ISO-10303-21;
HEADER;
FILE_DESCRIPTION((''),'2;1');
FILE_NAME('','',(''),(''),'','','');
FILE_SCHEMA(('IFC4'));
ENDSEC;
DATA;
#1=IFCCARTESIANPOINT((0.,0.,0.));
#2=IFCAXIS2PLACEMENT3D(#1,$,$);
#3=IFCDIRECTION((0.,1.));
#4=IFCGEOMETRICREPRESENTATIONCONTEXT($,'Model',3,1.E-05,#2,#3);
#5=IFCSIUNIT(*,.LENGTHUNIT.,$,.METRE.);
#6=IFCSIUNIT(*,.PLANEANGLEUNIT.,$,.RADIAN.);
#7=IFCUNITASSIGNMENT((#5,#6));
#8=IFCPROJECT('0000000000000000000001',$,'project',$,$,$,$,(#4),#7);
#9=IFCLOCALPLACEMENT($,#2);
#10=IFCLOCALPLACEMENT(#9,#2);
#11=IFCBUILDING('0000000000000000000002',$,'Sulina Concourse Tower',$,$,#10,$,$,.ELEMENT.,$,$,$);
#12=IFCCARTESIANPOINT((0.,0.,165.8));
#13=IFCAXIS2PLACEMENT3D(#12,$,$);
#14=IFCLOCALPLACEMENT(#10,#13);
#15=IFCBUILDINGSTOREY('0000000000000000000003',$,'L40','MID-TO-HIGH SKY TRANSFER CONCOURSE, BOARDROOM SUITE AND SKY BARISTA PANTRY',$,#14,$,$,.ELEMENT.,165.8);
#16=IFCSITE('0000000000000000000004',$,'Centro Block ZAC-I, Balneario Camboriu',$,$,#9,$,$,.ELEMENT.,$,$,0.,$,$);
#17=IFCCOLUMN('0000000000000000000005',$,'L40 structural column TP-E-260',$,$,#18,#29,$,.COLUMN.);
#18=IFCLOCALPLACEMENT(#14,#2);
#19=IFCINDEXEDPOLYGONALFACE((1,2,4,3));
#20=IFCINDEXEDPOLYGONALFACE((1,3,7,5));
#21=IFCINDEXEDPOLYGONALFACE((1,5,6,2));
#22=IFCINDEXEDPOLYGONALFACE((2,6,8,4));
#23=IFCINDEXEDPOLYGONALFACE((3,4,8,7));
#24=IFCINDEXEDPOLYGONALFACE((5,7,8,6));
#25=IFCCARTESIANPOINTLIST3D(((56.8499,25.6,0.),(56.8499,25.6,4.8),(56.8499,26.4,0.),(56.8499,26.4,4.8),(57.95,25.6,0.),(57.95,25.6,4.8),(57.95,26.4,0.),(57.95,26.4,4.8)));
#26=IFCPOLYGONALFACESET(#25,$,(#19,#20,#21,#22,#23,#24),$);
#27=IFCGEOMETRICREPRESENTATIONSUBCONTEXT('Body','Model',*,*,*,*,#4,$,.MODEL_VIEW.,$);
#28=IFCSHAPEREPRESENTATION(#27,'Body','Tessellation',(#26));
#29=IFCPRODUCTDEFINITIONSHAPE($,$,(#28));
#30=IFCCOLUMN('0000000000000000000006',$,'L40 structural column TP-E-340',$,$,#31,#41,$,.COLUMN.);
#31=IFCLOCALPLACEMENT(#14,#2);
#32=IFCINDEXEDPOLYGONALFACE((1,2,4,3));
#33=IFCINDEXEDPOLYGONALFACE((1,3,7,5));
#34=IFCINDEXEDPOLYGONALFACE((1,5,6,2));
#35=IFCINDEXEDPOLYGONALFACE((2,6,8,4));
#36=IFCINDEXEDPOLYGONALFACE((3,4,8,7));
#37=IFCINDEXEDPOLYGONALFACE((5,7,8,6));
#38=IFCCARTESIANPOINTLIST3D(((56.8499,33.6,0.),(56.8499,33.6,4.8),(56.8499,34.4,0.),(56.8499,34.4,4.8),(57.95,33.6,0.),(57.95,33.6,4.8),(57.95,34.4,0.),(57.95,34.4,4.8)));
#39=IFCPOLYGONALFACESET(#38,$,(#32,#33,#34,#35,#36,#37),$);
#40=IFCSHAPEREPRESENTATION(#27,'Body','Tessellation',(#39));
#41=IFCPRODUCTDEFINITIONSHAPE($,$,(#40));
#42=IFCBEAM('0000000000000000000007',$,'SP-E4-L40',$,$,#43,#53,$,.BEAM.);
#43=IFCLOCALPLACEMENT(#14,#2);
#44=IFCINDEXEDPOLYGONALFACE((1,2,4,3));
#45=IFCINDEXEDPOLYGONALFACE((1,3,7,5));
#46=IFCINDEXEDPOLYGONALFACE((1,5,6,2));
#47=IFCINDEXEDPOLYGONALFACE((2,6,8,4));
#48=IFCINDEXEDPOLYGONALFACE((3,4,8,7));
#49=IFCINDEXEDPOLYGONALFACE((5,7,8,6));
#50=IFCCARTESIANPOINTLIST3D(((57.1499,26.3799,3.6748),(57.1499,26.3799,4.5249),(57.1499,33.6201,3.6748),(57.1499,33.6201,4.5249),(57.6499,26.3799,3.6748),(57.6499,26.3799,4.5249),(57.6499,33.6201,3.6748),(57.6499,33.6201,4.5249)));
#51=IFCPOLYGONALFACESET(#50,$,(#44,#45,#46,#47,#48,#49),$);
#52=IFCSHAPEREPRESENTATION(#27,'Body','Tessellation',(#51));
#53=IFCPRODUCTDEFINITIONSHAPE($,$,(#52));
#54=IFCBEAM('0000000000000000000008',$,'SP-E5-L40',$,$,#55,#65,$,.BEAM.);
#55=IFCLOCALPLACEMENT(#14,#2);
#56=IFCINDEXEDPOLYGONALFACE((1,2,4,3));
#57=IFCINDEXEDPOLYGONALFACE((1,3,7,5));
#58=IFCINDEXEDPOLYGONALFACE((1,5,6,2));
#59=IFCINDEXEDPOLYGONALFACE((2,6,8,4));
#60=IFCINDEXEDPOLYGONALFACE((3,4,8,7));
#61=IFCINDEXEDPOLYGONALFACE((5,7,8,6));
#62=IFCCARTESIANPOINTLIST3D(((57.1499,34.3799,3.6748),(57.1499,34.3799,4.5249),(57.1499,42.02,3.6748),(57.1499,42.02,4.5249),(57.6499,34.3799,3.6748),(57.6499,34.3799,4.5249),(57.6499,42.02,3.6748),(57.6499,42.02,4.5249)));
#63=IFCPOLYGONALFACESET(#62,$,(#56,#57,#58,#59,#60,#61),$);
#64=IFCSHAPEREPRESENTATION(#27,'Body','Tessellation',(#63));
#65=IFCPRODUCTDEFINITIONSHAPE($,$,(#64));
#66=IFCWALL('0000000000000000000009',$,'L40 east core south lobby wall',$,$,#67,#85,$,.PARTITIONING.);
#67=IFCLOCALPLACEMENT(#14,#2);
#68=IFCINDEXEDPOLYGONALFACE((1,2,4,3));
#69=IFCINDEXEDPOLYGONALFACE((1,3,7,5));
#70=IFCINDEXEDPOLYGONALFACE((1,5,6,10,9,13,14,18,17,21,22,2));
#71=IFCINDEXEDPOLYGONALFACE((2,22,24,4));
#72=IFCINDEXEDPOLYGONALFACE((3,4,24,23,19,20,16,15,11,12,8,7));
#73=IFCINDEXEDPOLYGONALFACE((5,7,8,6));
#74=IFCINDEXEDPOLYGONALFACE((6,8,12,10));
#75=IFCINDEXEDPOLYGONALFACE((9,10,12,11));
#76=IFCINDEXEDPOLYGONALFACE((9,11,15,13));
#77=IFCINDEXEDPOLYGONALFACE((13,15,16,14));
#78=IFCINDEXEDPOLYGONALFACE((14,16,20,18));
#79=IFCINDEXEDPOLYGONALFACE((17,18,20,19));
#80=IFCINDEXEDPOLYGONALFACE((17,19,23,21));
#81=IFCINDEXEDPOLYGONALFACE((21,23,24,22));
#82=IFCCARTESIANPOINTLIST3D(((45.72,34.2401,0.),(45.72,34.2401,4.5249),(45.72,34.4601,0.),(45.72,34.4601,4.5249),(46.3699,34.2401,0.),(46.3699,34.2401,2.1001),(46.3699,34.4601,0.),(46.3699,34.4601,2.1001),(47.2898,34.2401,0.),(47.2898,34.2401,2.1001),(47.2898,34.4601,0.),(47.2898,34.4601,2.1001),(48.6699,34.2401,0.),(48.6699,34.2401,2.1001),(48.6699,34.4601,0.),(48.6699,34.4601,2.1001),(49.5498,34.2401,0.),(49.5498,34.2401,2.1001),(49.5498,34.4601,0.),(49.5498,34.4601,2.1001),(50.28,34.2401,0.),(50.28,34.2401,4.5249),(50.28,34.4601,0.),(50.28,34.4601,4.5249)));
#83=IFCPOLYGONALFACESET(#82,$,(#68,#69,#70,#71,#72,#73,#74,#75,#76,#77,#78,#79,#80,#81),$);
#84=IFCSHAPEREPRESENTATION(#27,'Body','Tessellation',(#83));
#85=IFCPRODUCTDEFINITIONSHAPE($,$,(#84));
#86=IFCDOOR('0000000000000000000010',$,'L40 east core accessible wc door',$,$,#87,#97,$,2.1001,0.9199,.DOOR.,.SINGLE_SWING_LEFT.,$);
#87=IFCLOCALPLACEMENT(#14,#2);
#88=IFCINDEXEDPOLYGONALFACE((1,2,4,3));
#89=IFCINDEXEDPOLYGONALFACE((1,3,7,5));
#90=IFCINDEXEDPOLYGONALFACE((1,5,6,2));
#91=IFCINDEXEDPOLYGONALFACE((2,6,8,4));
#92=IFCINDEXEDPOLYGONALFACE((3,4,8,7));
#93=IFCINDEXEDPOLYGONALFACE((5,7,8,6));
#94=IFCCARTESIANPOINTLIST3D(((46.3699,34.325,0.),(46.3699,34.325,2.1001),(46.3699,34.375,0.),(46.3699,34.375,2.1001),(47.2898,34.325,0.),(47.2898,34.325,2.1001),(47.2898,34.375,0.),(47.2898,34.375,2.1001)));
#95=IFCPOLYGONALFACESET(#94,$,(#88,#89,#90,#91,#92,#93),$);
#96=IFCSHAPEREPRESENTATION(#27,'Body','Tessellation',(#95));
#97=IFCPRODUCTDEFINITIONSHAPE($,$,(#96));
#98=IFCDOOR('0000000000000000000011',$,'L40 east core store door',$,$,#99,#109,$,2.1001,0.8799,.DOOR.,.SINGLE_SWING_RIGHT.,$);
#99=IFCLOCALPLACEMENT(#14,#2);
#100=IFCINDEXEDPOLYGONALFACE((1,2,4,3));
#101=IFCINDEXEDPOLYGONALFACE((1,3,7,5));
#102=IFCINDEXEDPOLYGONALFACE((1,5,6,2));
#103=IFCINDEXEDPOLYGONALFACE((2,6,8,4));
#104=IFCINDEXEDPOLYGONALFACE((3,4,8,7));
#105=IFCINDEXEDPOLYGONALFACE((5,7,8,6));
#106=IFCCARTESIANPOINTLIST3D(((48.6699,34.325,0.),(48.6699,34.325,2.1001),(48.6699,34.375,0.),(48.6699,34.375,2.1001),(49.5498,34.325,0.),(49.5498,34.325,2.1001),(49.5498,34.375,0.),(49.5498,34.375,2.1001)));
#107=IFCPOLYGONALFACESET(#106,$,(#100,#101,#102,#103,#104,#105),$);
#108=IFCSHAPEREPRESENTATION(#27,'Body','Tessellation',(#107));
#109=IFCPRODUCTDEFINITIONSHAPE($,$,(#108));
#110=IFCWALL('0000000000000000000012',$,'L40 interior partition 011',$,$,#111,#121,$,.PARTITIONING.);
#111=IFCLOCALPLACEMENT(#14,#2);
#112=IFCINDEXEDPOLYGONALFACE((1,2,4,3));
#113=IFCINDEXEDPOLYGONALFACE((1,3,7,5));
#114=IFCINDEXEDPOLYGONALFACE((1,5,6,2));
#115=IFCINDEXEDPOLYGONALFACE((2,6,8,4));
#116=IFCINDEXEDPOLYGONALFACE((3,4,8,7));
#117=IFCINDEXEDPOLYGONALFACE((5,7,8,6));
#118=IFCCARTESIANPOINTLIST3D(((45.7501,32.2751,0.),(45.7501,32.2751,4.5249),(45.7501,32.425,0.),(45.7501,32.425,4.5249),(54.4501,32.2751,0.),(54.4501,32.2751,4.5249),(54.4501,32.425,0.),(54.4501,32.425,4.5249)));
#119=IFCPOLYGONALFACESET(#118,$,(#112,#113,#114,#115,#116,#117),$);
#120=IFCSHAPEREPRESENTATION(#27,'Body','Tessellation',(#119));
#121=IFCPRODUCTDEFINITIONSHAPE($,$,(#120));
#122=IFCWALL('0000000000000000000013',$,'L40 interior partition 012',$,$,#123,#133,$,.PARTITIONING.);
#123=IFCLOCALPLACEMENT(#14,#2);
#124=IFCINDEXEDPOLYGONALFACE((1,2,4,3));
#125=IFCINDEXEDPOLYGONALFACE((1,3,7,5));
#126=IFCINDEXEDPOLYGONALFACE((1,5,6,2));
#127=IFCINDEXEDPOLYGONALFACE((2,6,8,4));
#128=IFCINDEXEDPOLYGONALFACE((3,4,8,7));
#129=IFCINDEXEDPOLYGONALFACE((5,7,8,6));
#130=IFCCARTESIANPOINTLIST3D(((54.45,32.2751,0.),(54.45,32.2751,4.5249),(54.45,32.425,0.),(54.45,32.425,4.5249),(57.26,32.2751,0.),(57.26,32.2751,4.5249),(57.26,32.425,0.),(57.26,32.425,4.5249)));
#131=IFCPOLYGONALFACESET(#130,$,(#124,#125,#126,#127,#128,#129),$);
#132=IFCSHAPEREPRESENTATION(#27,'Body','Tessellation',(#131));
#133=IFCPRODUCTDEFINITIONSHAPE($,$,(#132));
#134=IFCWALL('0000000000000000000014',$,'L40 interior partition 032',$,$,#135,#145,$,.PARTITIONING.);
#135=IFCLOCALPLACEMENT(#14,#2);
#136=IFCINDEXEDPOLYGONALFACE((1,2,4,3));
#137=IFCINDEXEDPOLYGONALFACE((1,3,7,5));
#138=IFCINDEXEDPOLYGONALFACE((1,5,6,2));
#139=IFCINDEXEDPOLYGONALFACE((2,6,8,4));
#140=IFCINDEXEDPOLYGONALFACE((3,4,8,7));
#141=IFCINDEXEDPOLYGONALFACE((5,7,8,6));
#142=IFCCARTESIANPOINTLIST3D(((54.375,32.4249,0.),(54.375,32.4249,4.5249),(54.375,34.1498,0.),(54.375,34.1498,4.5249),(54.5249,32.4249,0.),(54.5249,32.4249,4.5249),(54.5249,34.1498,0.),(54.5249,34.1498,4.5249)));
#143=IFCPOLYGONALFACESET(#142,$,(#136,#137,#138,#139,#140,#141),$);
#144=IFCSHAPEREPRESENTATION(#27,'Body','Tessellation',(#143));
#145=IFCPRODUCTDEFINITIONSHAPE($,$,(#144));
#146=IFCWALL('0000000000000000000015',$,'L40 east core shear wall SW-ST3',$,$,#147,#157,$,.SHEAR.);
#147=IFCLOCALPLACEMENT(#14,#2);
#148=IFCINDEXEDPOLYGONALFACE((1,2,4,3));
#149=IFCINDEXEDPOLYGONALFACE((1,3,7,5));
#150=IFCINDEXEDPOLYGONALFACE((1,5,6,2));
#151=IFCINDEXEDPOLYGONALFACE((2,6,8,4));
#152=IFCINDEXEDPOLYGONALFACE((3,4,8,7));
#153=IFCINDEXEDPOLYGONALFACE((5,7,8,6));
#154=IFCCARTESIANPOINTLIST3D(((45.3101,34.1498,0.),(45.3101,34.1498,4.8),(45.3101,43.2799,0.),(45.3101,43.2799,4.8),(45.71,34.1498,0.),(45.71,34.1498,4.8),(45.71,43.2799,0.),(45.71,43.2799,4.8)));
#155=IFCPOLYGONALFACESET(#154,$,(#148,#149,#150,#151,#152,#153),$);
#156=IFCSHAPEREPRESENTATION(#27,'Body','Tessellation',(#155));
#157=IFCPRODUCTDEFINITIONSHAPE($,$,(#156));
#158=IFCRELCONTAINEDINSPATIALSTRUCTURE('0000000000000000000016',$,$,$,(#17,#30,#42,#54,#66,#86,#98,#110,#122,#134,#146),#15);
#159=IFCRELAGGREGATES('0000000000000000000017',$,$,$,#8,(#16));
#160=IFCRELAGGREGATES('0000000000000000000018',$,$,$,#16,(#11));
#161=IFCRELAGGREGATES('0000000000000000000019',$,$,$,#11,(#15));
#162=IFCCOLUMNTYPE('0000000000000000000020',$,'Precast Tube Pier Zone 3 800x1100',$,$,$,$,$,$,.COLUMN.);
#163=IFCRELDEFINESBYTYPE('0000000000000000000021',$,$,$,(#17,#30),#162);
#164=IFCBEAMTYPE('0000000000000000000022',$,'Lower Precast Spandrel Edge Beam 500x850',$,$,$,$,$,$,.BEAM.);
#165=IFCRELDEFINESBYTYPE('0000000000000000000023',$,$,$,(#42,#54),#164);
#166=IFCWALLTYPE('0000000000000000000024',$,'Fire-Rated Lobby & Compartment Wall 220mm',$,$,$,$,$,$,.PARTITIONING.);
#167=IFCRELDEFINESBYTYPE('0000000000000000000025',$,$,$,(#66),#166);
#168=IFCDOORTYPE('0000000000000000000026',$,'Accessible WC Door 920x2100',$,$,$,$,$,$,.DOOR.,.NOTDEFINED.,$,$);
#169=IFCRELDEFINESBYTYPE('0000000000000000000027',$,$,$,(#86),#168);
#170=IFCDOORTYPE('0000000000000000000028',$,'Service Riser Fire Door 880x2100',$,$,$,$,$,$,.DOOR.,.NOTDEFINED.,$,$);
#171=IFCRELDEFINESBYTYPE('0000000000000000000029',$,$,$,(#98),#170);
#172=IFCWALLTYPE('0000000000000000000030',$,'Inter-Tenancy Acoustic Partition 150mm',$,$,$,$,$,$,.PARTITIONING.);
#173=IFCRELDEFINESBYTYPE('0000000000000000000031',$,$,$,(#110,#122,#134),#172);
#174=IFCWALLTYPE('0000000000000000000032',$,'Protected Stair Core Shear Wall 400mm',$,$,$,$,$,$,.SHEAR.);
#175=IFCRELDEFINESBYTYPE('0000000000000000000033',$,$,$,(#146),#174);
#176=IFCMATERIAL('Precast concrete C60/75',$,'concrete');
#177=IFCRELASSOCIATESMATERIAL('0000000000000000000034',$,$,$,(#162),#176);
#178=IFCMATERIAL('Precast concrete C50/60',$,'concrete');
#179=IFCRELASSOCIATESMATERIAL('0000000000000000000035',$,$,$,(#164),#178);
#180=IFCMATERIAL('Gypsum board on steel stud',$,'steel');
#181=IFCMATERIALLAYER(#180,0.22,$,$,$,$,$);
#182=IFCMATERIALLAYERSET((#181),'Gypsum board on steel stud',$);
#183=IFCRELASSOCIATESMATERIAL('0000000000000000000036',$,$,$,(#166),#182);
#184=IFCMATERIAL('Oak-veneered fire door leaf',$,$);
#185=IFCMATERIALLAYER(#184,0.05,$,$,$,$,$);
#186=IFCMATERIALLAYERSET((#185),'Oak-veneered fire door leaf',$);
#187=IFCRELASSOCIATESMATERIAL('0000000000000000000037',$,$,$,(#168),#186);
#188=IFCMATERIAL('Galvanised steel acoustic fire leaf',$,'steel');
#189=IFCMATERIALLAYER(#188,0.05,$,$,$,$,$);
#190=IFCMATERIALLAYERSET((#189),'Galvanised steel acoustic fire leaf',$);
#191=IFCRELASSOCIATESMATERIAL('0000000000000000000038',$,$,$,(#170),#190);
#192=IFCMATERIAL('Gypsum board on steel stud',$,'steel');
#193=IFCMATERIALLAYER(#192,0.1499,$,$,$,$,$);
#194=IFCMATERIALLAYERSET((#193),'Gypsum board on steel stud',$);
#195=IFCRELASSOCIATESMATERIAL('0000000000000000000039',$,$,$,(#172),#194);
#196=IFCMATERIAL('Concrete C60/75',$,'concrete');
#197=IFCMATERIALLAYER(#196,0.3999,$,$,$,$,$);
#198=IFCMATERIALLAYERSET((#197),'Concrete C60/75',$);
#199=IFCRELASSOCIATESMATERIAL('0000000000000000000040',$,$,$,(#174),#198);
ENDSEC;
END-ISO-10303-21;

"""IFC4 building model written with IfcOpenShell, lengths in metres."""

from ifc_helpers import new_model, si_unit, direction, frame, frame_2d, origin, origin_2d, place, context, subcontext, project, spatial, rectangle, extrude, material, layer, layer_set, material_profile, profile_set, type_object, element, fill, save


model = new_model("IFC4")

# Units and contexts
model_context = context("Model", 3, precision=1e-05, world=origin(), true_north=direction((0.0, 1.0)))
body_context = subcontext(model_context, "Body", "Model", "MODEL_VIEW")
ifc_project = project(units=[si_unit("LENGTHUNIT", "METRE"), si_unit("PLANEANGLEUNIT", "RADIAN")], contexts=[model_context])

# Site, building, storey
site_placement = place(None, origin())
site = spatial("IfcSite", under=ifc_project, at=site_placement, Name="Centro Block ZAC-I, Balneario Camboriu", CompositionType="ELEMENT", RefElevation=0.0)
building_placement = place(site_placement, origin())
building = spatial("IfcBuilding", under=site, at=building_placement, Name="Sulina Concourse Tower", CompositionType="ELEMENT")
storey_placement = place(building_placement, frame((0.0, 0.0, 165.8)))
storey = spatial("IfcBuildingStorey", under=building, at=storey_placement, Name="L40", Description="MID-TO-HIGH SKY TRANSFER CONCOURSE, BOARDROOM SUITE AND SKY BARISTA PANTRY", CompositionType="ELEMENT", Elevation=165.8)

# Columns
ifc_material_1 = material(Name="Precast concrete C60/75", Category="concrete")
ifc_material_profile_1 = material_profile(ifc_material_1, rectangle(XDim=0.8, YDim=1.1001, at=origin_2d()), Name="PC 800x1100")
ifc_profile_set_1 = profile_set([ifc_material_profile_1], Name="Precast concrete C60/75")
column_type = type_object("IfcColumnType", Name="Precast Tube Pier Zone 3 800x1100", PredefinedType="COLUMN", material=ifc_profile_set_1)
for number, where, z_axis, x_axis, name in (
    (1, (57.3999, 26.0, 0.0), (0.0, 0.0, 1.0), (0.0, 1.0, 0.0), "L40 structural column TP-E-260"),
    (2, (57.3999, 34.0, 0.0), (0.0, 0.0, 1.0), (0.0, 1.0, 0.0), "L40 structural column TP-E-340"),
):
    element("IfcColumn", number, at=place(storey_placement, frame(where, z_axis=z_axis, x_axis=x_axis)), inside=storey, type_object=column_type, Name=name, PredefinedType="COLUMN", context=body_context, shape_type="SweptSolid", body=[
        extrude(rectangle(XDim=0.8, YDim=1.1001, at=origin_2d()), origin(), (0.0, 0.0, 1.0), 4.8),
    ])

# Beams
ifc_material_2 = material(Name="Precast concrete C50/60", Category="concrete")
ifc_material_profile_2 = material_profile(ifc_material_2, rectangle(XDim=0.5, YDim=0.8501, at=origin_2d()), Name="RC 500x850")
ifc_profile_set_2 = profile_set([ifc_material_profile_2], Name="Precast concrete C50/60")
beam_type = type_object("IfcBeamType", Name="Lower Precast Spandrel Edge Beam 500x850", PredefinedType="BEAM", material=ifc_profile_set_2)
beam_1_placement = place(storey_placement, frame((57.3999, 26.3799, 4.0999), z_axis=(0.0, 1.0, 0.0), x_axis=(-1.0, 0.0, 0.0)))
element("IfcBeam", 3, at=beam_1_placement, inside=storey, type_object=beam_type, Name="SP-E4-L40", PredefinedType="BEAM", context=body_context, shape_type="SweptSolid", body=[
    extrude(rectangle(XDim=0.5, YDim=0.8501, at=origin_2d()), origin(), (0.0, 0.0, 1.0), 7.2402),
])
beam_2_placement = place(storey_placement, frame((57.3999, 34.3799, 4.0999), z_axis=(0.0, 1.0, 0.0), x_axis=(-1.0, 0.0, 0.0)))
element("IfcBeam", 4, at=beam_2_placement, inside=storey, type_object=beam_type, Name="SP-E5-L40", PredefinedType="BEAM", context=body_context, shape_type="SweptSolid", body=[
    extrude(rectangle(XDim=0.5, YDim=0.8501, at=origin_2d()), origin(), (0.0, 0.0, 1.0), 7.6401),
])

# Wall, openings, doors
ifc_material_3 = material(Name="Gypsum board on steel stud", Category="steel")
ifc_layer_1 = layer(ifc_material_3, 0.22)
ifc_layer_set_1 = layer_set([ifc_layer_1], Name="Gypsum board on steel stud")
wall_type_1 = type_object("IfcWallType", Name="Fire-Rated Lobby & Compartment Wall 220mm", PredefinedType="PARTITIONING", material=ifc_layer_set_1)
wall_1_placement = place(storey_placement, frame((45.72, 34.3501, 0.0), z_axis=(0.0, 0.0, 1.0), x_axis=(1.0, 0.0, 0.0)))
wall_1 = element("IfcWall", 5, at=wall_1_placement, inside=storey, type_object=wall_type_1, Name="L40 east core south lobby wall", PredefinedType="PARTITIONING", context=body_context, shape_type="SweptSolid", body=[
    extrude(rectangle(XDim=4.5601, YDim=0.22, at=frame_2d((2.28, 0.0))), origin(), (0.0, 0.0, 1.0), 4.5249),
])
opening_1_placement = place(wall_1_placement, frame((0.6499, 0.0, 0.0)))
opening_1 = element("IfcOpeningElement", 6, at=opening_1_placement, cuts=wall_1, PredefinedType="OPENING", context=body_context, shape_type="SweptSolid", body=[
    extrude(rectangle(XDim=0.9199, YDim=2.1001, at=frame_2d((0.46, 1.05))), frame((0.0, 0.1199, 0.0), z_axis=(0.0, -1.0, 0.0), x_axis=(1.0, 0.0, 0.0)), (0.0, 0.0, 1.0), 0.24),
])
opening_2_placement = place(wall_1_placement, frame((2.95, 0.0, 0.0)))
opening_2 = element("IfcOpeningElement", 7, at=opening_2_placement, cuts=wall_1, PredefinedType="OPENING", context=body_context, shape_type="SweptSolid", body=[
    extrude(rectangle(XDim=0.8799, YDim=2.1001, at=frame_2d((0.4399, 1.05))), frame((0.0, 0.1199, 0.0), z_axis=(0.0, -1.0, 0.0), x_axis=(1.0, 0.0, 0.0)), (0.0, 0.0, 1.0), 0.24),
])
ifc_material_4 = material(Name="Oak-veneered fire door leaf")
ifc_layer_2 = layer(ifc_material_4, 0.05)
ifc_layer_set_2 = layer_set([ifc_layer_2], Name="Oak-veneered fire door leaf")
door_type_1 = type_object("IfcDoorType", Name="Accessible WC Door 920x2100", OperationType="NOTDEFINED", PredefinedType="DOOR", material=ifc_layer_set_2)
door_1_placement = place(opening_1_placement, origin())
door_1 = element("IfcDoor", 8, at=door_1_placement, inside=storey, type_object=door_type_1, Name="L40 east core accessible wc door", OperationType="SINGLE_SWING_LEFT", OverallHeight=2.1001, OverallWidth=0.9199, PredefinedType="DOOR", context=body_context, shape_type="SweptSolid", body=[
    extrude(rectangle(XDim=0.9199, YDim=2.1001, at=frame_2d((0.46, 1.05))), frame((0.0, 0.0249, 0.0), z_axis=(0.0, -1.0, 0.0), x_axis=(1.0, 0.0, 0.0)), (0.0, 0.0, 1.0), 0.05),
])
fill(opening_1, door_1)
ifc_material_5 = material(Name="Galvanised steel acoustic fire leaf", Category="steel")
ifc_layer_3 = layer(ifc_material_5, 0.05)
ifc_layer_set_3 = layer_set([ifc_layer_3], Name="Galvanised steel acoustic fire leaf")
door_type_2 = type_object("IfcDoorType", Name="Service Riser Fire Door 880x2100", OperationType="NOTDEFINED", PredefinedType="DOOR", material=ifc_layer_set_3)
door_2_placement = place(opening_2_placement, origin())
door_2 = element("IfcDoor", 9, at=door_2_placement, inside=storey, type_object=door_type_2, Name="L40 east core store door", OperationType="SINGLE_SWING_RIGHT", OverallHeight=2.1001, OverallWidth=0.8799, PredefinedType="DOOR", context=body_context, shape_type="SweptSolid", body=[
    extrude(rectangle(XDim=0.8799, YDim=2.1001, at=frame_2d((0.4399, 1.05))), frame((0.0, 0.0249, 0.0), z_axis=(0.0, -1.0, 0.0), x_axis=(1.0, 0.0, 0.0)), (0.0, 0.0, 1.0), 0.05),
])
fill(opening_2, door_2)

# Walls
ifc_material_6 = material(Name="Gypsum board on steel stud", Category="steel")
ifc_layer_4 = layer(ifc_material_6, 0.1499)
ifc_layer_set_4 = layer_set([ifc_layer_4], Name="Gypsum board on steel stud")
wall_type_2 = type_object("IfcWallType", Name="Inter-Tenancy Acoustic Partition 150mm", PredefinedType="PARTITIONING", material=ifc_layer_set_4)
wall_2_placement = place(storey_placement, frame((45.75, 32.3501, 0.0), z_axis=(0.0, 0.0, 1.0), x_axis=(1.0, 0.0, 0.0)))
element("IfcWall", 10, at=wall_2_placement, inside=storey, type_object=wall_type_2, Name="L40 interior partition 011", PredefinedType="PARTITIONING", context=body_context, shape_type="SweptSolid", body=[
    extrude(rectangle(XDim=8.7, YDim=0.1499, at=frame_2d((4.3501, 0.0))), origin(), (0.0, 0.0, 1.0), 4.5249),
])
wall_3_placement = place(storey_placement, frame((54.45, 32.3501, 0.0), z_axis=(0.0, 0.0, 1.0), x_axis=(1.0, 0.0, 0.0)))
element("IfcWall", 11, at=wall_3_placement, inside=storey, type_object=wall_type_2, Name="L40 interior partition 012", PredefinedType="PARTITIONING", context=body_context, shape_type="SweptSolid", body=[
    extrude(rectangle(XDim=2.8101, YDim=0.1499, at=frame_2d((1.405, 0.0))), origin(), (0.0, 0.0, 1.0), 4.5249),
])
wall_4_placement = place(storey_placement, frame((54.45, 32.425, 0.0), z_axis=(0.0, 0.0, 1.0), x_axis=(0.0, 1.0, 0.0)))
element("IfcWall", 12, at=wall_4_placement, inside=storey, type_object=wall_type_2, Name="L40 interior partition 032", PredefinedType="PARTITIONING", context=body_context, shape_type="SweptSolid", body=[
    extrude(rectangle(XDim=1.7249, YDim=0.1499, at=frame_2d((0.8623, 0.0))), origin(), (0.0, 0.0, 1.0), 4.5249),
])
ifc_material_7 = material(Name="Concrete C60/75", Category="concrete")
ifc_layer_5 = layer(ifc_material_7, 0.3999)
ifc_layer_set_5 = layer_set([ifc_layer_5], Name="Concrete C60/75")
wall_type_3 = type_object("IfcWallType", Name="Protected Stair Core Shear Wall 400mm", PredefinedType="SHEAR", material=ifc_layer_set_5)
wall_5_placement = place(storey_placement, frame((45.51, 34.1499, 0.0), z_axis=(0.0, 0.0, 1.0), x_axis=(0.0, 1.0, 0.0)))
element("IfcWall", 13, at=wall_5_placement, inside=storey, type_object=wall_type_3, Name="L40 east core shear wall SW-ST3", PredefinedType="SHEAR", context=body_context, shape_type="SweptSolid", body=[
    extrude(rectangle(XDim=9.1301, YDim=0.3999, at=frame_2d((4.5649, 0.0))), origin(), (0.0, 0.0, 1.0), 4.8),
])

save(model, "model.ifc")
